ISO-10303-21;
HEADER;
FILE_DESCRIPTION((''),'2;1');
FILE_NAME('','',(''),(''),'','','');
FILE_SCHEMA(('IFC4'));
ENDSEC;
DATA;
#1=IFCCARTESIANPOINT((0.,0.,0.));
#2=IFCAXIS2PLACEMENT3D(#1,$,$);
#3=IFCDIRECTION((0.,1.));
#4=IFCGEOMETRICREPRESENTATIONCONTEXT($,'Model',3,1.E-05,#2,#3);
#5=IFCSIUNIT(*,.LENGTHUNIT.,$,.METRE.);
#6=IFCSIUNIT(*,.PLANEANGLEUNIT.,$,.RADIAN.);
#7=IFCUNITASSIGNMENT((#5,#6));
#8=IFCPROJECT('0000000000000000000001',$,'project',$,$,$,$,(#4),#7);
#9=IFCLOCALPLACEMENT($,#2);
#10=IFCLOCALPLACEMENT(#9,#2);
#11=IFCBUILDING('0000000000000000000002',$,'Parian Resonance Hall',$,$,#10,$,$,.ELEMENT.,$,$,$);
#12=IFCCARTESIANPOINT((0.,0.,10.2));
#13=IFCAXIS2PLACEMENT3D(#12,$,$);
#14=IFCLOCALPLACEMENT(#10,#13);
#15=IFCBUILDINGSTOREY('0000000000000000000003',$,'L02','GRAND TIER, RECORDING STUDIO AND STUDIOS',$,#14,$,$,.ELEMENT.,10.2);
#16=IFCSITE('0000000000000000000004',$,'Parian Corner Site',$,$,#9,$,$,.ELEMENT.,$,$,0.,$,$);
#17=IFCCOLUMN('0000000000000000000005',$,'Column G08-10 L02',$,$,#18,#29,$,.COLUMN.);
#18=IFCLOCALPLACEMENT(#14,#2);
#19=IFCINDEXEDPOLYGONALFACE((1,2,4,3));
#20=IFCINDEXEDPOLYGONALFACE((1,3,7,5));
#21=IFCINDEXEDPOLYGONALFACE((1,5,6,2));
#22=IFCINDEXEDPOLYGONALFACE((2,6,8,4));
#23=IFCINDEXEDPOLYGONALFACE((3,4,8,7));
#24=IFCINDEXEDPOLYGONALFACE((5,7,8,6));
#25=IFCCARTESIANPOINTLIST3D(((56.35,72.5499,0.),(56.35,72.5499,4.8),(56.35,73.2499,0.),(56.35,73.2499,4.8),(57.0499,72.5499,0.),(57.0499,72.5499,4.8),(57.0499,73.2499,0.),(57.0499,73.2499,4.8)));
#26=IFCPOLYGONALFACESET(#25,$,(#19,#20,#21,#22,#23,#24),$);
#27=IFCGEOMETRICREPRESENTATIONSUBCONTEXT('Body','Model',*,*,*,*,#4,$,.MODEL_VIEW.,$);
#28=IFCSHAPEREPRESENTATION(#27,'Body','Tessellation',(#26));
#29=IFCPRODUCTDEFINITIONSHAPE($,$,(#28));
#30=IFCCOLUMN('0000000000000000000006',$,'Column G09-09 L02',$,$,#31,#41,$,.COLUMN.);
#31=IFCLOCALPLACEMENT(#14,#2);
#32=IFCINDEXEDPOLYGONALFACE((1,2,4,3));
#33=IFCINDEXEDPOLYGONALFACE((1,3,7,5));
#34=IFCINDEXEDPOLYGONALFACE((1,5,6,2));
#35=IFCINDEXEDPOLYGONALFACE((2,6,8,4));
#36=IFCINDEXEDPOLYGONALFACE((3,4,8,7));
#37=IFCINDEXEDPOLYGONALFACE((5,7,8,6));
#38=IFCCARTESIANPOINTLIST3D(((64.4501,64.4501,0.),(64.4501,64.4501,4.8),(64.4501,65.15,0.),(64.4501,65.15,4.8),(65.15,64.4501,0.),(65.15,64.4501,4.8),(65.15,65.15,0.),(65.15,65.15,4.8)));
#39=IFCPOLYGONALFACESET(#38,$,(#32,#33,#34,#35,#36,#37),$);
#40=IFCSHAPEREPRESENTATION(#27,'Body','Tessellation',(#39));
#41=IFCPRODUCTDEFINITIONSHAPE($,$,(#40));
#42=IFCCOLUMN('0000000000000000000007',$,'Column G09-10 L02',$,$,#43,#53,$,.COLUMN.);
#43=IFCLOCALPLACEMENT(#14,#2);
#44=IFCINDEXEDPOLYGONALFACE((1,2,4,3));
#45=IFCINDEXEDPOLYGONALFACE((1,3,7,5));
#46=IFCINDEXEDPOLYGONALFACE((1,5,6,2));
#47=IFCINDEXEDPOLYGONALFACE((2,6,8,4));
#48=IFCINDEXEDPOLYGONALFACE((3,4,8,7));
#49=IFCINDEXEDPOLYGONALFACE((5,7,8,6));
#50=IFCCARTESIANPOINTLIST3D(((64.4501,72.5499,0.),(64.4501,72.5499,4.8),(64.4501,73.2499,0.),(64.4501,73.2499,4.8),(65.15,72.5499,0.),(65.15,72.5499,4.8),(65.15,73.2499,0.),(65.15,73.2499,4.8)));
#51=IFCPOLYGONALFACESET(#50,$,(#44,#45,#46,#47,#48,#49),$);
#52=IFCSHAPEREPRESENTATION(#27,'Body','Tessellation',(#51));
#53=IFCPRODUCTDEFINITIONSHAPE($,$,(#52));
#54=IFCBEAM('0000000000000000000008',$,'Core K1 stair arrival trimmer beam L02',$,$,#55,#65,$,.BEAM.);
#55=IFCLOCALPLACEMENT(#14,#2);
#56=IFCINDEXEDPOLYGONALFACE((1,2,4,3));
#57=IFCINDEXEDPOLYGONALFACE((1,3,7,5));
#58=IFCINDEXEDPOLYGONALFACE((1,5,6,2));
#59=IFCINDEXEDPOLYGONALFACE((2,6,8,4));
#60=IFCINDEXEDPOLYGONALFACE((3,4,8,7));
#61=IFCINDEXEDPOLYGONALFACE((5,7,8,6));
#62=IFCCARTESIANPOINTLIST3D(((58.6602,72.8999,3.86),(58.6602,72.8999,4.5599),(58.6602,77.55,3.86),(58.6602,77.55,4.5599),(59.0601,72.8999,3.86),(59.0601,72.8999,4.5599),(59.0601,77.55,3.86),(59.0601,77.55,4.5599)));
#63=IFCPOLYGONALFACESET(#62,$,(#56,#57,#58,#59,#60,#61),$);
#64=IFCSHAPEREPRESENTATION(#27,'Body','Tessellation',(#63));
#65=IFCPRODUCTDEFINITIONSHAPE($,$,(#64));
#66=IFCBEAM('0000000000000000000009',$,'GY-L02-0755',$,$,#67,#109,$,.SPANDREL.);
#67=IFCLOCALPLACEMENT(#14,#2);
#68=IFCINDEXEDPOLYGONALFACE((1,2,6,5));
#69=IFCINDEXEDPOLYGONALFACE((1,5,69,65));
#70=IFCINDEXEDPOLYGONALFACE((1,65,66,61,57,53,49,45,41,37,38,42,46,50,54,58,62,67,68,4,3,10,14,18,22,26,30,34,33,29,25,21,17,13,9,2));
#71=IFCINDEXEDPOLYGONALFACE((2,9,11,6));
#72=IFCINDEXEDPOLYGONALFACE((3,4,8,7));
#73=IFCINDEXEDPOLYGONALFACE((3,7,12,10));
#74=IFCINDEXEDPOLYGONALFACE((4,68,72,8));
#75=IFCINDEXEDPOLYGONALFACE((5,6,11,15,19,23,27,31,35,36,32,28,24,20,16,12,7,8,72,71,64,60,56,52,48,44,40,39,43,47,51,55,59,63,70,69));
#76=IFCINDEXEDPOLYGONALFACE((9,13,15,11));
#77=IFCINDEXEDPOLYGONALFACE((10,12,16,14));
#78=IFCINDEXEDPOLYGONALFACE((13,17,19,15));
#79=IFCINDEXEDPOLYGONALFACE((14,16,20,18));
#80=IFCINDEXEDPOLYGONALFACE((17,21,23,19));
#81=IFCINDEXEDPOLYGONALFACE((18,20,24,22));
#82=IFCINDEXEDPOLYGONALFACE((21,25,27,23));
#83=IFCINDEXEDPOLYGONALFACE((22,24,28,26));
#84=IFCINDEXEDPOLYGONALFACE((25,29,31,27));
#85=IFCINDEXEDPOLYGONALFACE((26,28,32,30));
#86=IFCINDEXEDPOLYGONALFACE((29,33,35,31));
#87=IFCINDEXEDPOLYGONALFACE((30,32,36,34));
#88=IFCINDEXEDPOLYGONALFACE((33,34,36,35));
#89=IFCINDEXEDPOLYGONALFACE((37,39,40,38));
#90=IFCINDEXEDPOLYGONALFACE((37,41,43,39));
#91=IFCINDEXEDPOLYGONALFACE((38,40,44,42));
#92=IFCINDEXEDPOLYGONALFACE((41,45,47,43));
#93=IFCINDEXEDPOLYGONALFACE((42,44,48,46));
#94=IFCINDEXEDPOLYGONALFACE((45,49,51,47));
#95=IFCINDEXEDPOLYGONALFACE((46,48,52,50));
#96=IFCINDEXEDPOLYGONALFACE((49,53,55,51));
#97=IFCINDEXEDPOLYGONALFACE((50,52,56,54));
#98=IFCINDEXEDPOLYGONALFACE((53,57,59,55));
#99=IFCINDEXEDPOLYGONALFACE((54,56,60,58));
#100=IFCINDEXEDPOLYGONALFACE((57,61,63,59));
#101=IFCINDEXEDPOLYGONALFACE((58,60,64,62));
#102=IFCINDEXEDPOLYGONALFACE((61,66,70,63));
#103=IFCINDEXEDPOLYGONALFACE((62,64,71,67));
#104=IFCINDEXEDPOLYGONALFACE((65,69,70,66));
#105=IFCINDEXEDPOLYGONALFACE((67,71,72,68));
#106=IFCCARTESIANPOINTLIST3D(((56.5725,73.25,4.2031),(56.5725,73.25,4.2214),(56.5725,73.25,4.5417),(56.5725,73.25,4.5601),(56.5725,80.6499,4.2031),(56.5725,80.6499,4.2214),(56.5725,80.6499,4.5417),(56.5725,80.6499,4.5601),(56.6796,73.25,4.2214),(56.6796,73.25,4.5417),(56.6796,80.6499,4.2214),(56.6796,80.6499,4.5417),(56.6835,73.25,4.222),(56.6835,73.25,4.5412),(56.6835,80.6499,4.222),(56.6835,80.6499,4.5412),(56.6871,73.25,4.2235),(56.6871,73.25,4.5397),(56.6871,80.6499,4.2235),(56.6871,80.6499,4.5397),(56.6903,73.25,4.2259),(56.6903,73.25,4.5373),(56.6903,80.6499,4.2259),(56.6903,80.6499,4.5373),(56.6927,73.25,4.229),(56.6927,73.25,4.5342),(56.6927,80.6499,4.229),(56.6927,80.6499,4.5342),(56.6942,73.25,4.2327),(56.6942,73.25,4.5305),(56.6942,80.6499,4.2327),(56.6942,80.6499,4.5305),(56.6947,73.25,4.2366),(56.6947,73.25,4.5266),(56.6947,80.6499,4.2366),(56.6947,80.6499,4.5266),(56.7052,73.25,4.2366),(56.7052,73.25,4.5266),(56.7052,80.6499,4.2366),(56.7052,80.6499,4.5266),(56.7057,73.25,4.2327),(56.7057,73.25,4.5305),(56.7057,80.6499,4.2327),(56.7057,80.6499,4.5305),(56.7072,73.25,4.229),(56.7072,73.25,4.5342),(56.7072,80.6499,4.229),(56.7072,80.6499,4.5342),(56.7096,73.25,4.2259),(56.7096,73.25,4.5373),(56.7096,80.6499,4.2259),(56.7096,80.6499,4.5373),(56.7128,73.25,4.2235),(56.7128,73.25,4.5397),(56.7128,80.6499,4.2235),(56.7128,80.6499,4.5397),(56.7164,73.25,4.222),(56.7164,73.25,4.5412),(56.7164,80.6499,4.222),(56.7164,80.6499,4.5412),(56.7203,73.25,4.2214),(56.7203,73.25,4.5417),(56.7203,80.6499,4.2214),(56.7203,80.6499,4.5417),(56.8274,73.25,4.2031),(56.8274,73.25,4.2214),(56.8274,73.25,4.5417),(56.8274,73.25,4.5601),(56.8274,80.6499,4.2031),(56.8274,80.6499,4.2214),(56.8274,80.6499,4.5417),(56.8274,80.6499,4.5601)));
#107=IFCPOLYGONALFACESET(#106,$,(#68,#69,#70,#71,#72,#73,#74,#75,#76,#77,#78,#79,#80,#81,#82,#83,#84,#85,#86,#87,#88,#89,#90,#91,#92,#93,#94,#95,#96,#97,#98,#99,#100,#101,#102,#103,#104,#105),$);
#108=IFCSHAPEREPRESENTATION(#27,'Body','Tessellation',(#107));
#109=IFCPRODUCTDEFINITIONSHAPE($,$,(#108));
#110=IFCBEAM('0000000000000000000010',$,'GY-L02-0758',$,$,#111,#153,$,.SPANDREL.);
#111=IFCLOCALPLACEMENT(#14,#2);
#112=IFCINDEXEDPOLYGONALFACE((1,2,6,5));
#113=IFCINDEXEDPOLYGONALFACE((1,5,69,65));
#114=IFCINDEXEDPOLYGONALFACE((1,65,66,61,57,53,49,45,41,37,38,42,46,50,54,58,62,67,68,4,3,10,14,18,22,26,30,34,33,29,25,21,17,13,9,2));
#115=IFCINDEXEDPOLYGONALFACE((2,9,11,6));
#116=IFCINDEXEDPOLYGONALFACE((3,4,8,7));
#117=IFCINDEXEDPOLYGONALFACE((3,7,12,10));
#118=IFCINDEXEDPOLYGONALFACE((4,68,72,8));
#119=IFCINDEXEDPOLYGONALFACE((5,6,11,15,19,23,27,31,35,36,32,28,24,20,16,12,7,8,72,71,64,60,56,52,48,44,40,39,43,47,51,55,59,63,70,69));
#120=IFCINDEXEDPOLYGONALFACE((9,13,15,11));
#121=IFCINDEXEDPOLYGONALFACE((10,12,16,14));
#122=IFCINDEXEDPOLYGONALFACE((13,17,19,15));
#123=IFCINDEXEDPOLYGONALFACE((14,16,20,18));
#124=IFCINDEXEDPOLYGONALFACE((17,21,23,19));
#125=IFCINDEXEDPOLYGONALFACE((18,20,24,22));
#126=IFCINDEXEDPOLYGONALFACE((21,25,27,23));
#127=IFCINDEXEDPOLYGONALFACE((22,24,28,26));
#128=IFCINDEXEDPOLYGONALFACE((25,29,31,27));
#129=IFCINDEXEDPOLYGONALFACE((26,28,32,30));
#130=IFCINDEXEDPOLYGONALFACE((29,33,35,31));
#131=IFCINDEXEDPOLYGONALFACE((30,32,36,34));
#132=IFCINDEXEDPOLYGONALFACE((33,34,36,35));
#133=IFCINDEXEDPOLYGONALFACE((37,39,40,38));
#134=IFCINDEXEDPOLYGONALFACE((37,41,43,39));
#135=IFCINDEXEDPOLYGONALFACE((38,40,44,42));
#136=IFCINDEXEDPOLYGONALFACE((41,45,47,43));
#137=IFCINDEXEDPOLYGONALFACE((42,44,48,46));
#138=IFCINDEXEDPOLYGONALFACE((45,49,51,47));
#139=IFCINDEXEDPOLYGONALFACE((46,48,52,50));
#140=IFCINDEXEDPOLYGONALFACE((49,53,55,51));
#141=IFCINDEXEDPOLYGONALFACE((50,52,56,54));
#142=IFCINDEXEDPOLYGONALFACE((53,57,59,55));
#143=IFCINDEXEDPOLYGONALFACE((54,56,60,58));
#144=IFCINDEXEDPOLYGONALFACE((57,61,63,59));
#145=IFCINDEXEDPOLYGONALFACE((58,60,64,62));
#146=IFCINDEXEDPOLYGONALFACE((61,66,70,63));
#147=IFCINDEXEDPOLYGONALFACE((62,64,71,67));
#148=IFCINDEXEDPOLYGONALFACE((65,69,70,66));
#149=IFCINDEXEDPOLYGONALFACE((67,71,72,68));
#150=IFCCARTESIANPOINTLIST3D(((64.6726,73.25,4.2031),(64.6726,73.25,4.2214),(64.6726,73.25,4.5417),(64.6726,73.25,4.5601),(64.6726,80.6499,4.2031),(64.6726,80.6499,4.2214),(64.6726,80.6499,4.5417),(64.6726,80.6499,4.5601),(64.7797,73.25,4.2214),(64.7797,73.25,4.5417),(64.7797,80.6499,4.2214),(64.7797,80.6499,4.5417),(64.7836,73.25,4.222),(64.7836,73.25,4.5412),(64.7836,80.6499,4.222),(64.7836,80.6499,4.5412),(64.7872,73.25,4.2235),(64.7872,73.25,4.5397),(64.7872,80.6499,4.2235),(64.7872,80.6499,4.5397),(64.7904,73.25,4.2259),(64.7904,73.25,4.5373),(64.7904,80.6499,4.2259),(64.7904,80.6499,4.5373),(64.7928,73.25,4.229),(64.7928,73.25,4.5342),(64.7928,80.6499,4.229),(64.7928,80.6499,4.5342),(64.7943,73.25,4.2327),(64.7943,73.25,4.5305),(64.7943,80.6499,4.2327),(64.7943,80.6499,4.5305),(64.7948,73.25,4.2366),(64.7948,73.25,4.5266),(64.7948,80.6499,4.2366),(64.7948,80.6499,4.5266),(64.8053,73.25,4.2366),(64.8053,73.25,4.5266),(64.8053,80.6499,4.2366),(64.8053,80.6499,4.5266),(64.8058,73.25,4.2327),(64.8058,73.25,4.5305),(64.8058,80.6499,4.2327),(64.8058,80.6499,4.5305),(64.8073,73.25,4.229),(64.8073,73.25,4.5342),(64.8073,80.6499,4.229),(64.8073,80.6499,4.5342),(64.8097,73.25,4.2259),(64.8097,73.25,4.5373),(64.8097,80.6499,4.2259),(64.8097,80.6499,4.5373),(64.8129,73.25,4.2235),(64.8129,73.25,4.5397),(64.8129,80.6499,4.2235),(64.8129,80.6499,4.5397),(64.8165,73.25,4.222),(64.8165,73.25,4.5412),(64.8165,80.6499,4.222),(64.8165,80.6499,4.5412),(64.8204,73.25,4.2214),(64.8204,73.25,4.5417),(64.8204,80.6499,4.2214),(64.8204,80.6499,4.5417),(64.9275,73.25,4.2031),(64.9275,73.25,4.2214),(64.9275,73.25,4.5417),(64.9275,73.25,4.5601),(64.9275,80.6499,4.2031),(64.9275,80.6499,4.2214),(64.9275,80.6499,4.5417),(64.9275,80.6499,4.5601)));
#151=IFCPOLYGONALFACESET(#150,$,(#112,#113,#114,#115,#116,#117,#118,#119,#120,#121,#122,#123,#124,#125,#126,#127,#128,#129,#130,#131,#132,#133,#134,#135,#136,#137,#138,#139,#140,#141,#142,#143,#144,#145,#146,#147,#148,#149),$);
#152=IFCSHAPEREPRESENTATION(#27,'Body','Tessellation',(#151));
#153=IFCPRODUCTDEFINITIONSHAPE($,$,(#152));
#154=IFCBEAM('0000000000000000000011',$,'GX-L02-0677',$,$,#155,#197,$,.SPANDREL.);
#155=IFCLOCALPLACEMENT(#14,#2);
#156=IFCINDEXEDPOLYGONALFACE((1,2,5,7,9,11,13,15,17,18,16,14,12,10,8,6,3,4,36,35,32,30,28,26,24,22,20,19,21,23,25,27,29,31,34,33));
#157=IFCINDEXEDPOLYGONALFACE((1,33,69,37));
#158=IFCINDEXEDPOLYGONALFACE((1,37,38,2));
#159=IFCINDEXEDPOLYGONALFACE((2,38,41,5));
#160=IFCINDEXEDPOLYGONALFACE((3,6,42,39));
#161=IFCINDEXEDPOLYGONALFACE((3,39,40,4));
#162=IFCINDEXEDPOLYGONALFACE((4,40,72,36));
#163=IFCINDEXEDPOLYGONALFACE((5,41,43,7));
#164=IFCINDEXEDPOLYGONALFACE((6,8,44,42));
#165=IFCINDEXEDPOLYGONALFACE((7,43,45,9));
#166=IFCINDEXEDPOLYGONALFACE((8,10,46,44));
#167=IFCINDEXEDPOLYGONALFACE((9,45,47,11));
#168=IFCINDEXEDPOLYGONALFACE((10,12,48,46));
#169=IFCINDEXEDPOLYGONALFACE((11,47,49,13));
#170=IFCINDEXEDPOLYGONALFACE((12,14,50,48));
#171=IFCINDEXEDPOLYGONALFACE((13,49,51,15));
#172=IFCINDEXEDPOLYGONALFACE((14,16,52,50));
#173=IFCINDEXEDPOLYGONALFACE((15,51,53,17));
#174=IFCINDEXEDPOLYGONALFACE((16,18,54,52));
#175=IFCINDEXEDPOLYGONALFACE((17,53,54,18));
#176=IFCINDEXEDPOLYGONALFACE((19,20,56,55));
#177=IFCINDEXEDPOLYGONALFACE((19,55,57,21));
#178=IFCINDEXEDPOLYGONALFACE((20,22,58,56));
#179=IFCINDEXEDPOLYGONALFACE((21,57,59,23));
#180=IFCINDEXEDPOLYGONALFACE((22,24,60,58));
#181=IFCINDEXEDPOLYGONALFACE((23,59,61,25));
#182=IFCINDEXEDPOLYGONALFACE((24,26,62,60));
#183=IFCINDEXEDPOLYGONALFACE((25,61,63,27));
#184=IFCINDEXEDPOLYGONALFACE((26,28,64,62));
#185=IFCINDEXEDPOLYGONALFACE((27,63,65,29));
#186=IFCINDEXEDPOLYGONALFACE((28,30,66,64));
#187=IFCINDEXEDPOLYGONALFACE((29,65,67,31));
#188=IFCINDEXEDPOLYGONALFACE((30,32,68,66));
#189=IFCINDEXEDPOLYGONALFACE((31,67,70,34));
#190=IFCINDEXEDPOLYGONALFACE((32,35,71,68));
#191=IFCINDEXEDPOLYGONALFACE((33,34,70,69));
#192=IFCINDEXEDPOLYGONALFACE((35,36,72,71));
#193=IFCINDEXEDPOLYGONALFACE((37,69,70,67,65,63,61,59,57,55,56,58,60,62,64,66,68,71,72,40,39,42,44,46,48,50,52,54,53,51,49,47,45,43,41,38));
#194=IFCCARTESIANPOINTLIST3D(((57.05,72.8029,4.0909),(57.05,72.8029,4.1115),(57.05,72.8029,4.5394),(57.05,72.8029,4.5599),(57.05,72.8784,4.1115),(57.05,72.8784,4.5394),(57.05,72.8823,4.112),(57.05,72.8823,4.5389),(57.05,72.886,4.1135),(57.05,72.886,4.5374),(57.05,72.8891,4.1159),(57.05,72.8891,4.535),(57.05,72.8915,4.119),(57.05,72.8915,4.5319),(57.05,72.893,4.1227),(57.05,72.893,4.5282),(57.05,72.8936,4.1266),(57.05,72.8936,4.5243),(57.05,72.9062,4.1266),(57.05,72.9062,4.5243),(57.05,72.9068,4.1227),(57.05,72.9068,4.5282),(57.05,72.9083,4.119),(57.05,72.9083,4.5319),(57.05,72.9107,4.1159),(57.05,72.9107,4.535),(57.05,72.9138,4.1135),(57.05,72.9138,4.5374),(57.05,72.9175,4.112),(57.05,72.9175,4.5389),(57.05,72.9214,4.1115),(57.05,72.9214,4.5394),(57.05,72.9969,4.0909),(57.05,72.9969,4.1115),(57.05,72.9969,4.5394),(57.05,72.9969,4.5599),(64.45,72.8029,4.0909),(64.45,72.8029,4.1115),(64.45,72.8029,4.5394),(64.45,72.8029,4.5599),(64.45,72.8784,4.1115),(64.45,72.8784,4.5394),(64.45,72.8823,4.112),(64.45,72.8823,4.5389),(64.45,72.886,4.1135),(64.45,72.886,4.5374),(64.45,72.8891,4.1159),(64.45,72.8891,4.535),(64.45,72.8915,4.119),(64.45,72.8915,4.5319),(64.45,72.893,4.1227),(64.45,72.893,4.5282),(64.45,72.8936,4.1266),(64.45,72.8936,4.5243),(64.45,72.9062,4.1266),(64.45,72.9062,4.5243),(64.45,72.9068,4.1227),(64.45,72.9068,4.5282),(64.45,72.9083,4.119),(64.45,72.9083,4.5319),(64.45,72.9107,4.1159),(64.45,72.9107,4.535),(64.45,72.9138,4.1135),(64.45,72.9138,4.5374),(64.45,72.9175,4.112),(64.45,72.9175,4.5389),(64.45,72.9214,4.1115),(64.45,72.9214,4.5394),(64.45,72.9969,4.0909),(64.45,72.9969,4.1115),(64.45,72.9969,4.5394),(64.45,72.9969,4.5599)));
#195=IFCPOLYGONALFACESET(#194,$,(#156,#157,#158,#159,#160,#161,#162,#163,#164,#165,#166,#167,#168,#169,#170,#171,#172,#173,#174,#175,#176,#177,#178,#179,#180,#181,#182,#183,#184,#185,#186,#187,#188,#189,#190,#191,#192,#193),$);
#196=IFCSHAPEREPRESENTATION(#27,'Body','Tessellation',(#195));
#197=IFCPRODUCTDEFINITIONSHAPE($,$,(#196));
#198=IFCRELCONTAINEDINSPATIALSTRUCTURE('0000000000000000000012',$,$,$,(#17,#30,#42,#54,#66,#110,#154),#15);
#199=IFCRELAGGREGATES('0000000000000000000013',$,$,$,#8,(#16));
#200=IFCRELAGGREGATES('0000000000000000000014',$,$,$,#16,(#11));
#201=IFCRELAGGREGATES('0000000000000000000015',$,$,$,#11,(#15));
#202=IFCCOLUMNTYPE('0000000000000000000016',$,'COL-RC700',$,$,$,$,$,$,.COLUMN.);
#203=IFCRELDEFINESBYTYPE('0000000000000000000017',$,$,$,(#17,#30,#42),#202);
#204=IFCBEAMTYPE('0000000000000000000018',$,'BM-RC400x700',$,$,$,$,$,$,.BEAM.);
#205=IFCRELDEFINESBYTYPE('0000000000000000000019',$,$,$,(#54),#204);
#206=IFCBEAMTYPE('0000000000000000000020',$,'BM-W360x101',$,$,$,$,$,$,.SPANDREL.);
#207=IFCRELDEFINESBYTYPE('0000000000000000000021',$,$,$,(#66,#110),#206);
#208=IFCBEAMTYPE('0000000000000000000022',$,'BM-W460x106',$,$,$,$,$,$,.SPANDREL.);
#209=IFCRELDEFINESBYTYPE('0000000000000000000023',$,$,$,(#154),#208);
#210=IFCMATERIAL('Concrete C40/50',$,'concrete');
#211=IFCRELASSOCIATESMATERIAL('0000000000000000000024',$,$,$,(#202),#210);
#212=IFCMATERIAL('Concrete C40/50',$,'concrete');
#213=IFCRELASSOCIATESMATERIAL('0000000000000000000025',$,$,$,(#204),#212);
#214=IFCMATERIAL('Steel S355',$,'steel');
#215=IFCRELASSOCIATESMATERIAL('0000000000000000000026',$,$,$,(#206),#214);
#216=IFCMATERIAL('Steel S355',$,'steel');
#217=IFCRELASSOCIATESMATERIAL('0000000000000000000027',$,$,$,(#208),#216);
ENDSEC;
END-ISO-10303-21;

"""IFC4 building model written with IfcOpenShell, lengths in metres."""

from ifc_helpers import new_model, si_unit, direction, frame, origin, origin_2d, place, context, subcontext, project, spatial, rectangle, i_section, extrude, material, material_profile, profile_set, type_object, element, save


model = new_model("IFC4")

# Units and contexts
model_context = context("Model", 3, precision=1e-05, world=origin(), true_north=direction((0.0, 1.0)))
body_context = subcontext(model_context, "Body", "Model", "MODEL_VIEW")
ifc_project = project(units=[si_unit("LENGTHUNIT", "METRE"), si_unit("PLANEANGLEUNIT", "RADIAN")], contexts=[model_context])

# Site, building, storey
site_placement = place(None, origin())
site = spatial("IfcSite", under=ifc_project, at=site_placement, Name="Parian Corner Site", CompositionType="ELEMENT", RefElevation=0.0)
building_placement = place(site_placement, origin())
building = spatial("IfcBuilding", under=site, at=building_placement, Name="Parian Resonance Hall", CompositionType="ELEMENT")
storey_placement = place(building_placement, frame((0.0, 0.0, 10.2)))
storey = spatial("IfcBuildingStorey", under=building, at=storey_placement, Name="L02", Description="GRAND TIER, RECORDING STUDIO AND STUDIOS", CompositionType="ELEMENT", Elevation=10.2)

# Columns
ifc_material_1 = material(Name="Concrete C40/50", Category="concrete")
ifc_material_profile_1 = material_profile(ifc_material_1, rectangle(XDim=0.7, YDim=0.7, at=origin_2d()), Name="RC-COL-700x700")
ifc_profile_set_1 = profile_set([ifc_material_profile_1], Name="Concrete C40/50")
column_type = type_object("IfcColumnType", Name="COL-RC700", PredefinedType="COLUMN", material=ifc_profile_set_1)
for number, where, z_axis, x_axis, name in (
    (1, (56.7, 72.8999, 0.0), (0.0, 0.0, 1.0), (1.0, 0.0, 0.0), "Column G08-10 L02"),
    (2, (64.8, 64.8, 0.0), (0.0, 0.0, 1.0), (1.0, 0.0, 0.0), "Column G09-09 L02"),
    (3, (64.8, 72.8999, 0.0), (0.0, 0.0, 1.0), (1.0, 0.0, 0.0), "Column G09-10 L02"),
):
    element("IfcColumn", number, at=place(storey_placement, frame(where, z_axis=z_axis, x_axis=x_axis)), inside=storey, type_object=column_type, Name=name, PredefinedType="COLUMN", context=body_context, shape_type="SweptSolid", body=[
        extrude(rectangle(XDim=0.7, YDim=0.7, at=origin_2d()), origin(), (0.0, 0.0, 1.0), 4.8),
    ])

# Beams
ifc_material_2 = material(Name="Concrete C40/50", Category="concrete")
ifc_material_profile_2 = material_profile(ifc_material_2, rectangle(XDim=0.3999, YDim=0.7, at=origin_2d()), Name="RC-BM-400x700")
ifc_profile_set_2 = profile_set([ifc_material_profile_2], Name="Concrete C40/50")
beam_type_1 = type_object("IfcBeamType", Name="BM-RC400x700", PredefinedType="BEAM", material=ifc_profile_set_2)
beam_1_placement = place(storey_placement, frame((58.8601, 72.8999, 4.21), z_axis=(0.0, 1.0, 0.0), x_axis=(-1.0, 0.0, 0.0)))
element("IfcBeam", 4, at=beam_1_placement, inside=storey, type_object=beam_type_1, Name="Core K1 stair arrival trimmer beam L02", PredefinedType="BEAM", context=body_context, shape_type="SweptSolid", body=[
    extrude(rectangle(XDim=0.3999, YDim=0.7, at=origin_2d()), origin(), (0.0, 0.0, 1.0), 4.6501),
])
ifc_material_3 = material(Name="Steel S355", Category="steel")
ifc_material_profile_3 = material_profile(ifc_material_3, i_section(OverallWidth=0.2549, OverallDepth=0.3569, WebThickness=0.0105, FlangeThickness=0.0183, FilletRadius=0.0151, at=origin_2d()), Name="W360x101")
ifc_profile_set_3 = profile_set([ifc_material_profile_3], Name="Steel S355")
beam_type_2 = type_object("IfcBeamType", Name="BM-W360x101", PredefinedType="SPANDREL", material=ifc_profile_set_3)
for number, where, z_axis, x_axis, name in (
    (5, (56.7, 73.25, 4.3816), (0.0, 1.0, 0.0), (-1.0, 0.0, 0.0), "GY-L02-0755"),
    (6, (64.8, 73.25, 4.3816), (0.0, 1.0, 0.0), (-1.0, 0.0, 0.0), "GY-L02-0758"),
):
    element("IfcBeam", number, at=place(storey_placement, frame(where, z_axis=z_axis, x_axis=x_axis)), inside=storey, type_object=beam_type_2, Name=name, PredefinedType="SPANDREL", context=body_context, shape_type="SweptSolid", body=[
        extrude(i_section(OverallWidth=0.2549, OverallDepth=0.3569, WebThickness=0.0105, FlangeThickness=0.0183, FilletRadius=0.0151, at=origin_2d()), origin(), (0.0, 0.0, 1.0), 7.3999),
    ])
ifc_material_4 = material(Name="Steel S355", Category="steel")
ifc_material_profile_4 = material_profile(ifc_material_4, i_section(OverallWidth=0.1941, OverallDepth=0.469, WebThickness=0.0127, FlangeThickness=0.0205, FilletRadius=0.0151, at=origin_2d()), Name="W460x106")
ifc_profile_set_4 = profile_set([ifc_material_profile_4], Name="Steel S355")
beam_type_3 = type_object("IfcBeamType", Name="BM-W460x106", PredefinedType="SPANDREL", material=ifc_profile_set_4)
beam_2_placement = place(storey_placement, frame((57.05, 72.8999, 4.3254), z_axis=(1.0, 0.0, 0.0), x_axis=(0.0, 1.0, 0.0)))
element("IfcBeam", 7, at=beam_2_placement, inside=storey, type_object=beam_type_3, Name="GX-L02-0677", PredefinedType="SPANDREL", context=body_context, shape_type="SweptSolid", body=[
    extrude(i_section(OverallWidth=0.1941, OverallDepth=0.469, WebThickness=0.0127, FlangeThickness=0.0205, FilletRadius=0.0151, at=origin_2d()), origin(), (0.0, 0.0, 1.0), 7.3999),
])

save(model, "model.ifc")
